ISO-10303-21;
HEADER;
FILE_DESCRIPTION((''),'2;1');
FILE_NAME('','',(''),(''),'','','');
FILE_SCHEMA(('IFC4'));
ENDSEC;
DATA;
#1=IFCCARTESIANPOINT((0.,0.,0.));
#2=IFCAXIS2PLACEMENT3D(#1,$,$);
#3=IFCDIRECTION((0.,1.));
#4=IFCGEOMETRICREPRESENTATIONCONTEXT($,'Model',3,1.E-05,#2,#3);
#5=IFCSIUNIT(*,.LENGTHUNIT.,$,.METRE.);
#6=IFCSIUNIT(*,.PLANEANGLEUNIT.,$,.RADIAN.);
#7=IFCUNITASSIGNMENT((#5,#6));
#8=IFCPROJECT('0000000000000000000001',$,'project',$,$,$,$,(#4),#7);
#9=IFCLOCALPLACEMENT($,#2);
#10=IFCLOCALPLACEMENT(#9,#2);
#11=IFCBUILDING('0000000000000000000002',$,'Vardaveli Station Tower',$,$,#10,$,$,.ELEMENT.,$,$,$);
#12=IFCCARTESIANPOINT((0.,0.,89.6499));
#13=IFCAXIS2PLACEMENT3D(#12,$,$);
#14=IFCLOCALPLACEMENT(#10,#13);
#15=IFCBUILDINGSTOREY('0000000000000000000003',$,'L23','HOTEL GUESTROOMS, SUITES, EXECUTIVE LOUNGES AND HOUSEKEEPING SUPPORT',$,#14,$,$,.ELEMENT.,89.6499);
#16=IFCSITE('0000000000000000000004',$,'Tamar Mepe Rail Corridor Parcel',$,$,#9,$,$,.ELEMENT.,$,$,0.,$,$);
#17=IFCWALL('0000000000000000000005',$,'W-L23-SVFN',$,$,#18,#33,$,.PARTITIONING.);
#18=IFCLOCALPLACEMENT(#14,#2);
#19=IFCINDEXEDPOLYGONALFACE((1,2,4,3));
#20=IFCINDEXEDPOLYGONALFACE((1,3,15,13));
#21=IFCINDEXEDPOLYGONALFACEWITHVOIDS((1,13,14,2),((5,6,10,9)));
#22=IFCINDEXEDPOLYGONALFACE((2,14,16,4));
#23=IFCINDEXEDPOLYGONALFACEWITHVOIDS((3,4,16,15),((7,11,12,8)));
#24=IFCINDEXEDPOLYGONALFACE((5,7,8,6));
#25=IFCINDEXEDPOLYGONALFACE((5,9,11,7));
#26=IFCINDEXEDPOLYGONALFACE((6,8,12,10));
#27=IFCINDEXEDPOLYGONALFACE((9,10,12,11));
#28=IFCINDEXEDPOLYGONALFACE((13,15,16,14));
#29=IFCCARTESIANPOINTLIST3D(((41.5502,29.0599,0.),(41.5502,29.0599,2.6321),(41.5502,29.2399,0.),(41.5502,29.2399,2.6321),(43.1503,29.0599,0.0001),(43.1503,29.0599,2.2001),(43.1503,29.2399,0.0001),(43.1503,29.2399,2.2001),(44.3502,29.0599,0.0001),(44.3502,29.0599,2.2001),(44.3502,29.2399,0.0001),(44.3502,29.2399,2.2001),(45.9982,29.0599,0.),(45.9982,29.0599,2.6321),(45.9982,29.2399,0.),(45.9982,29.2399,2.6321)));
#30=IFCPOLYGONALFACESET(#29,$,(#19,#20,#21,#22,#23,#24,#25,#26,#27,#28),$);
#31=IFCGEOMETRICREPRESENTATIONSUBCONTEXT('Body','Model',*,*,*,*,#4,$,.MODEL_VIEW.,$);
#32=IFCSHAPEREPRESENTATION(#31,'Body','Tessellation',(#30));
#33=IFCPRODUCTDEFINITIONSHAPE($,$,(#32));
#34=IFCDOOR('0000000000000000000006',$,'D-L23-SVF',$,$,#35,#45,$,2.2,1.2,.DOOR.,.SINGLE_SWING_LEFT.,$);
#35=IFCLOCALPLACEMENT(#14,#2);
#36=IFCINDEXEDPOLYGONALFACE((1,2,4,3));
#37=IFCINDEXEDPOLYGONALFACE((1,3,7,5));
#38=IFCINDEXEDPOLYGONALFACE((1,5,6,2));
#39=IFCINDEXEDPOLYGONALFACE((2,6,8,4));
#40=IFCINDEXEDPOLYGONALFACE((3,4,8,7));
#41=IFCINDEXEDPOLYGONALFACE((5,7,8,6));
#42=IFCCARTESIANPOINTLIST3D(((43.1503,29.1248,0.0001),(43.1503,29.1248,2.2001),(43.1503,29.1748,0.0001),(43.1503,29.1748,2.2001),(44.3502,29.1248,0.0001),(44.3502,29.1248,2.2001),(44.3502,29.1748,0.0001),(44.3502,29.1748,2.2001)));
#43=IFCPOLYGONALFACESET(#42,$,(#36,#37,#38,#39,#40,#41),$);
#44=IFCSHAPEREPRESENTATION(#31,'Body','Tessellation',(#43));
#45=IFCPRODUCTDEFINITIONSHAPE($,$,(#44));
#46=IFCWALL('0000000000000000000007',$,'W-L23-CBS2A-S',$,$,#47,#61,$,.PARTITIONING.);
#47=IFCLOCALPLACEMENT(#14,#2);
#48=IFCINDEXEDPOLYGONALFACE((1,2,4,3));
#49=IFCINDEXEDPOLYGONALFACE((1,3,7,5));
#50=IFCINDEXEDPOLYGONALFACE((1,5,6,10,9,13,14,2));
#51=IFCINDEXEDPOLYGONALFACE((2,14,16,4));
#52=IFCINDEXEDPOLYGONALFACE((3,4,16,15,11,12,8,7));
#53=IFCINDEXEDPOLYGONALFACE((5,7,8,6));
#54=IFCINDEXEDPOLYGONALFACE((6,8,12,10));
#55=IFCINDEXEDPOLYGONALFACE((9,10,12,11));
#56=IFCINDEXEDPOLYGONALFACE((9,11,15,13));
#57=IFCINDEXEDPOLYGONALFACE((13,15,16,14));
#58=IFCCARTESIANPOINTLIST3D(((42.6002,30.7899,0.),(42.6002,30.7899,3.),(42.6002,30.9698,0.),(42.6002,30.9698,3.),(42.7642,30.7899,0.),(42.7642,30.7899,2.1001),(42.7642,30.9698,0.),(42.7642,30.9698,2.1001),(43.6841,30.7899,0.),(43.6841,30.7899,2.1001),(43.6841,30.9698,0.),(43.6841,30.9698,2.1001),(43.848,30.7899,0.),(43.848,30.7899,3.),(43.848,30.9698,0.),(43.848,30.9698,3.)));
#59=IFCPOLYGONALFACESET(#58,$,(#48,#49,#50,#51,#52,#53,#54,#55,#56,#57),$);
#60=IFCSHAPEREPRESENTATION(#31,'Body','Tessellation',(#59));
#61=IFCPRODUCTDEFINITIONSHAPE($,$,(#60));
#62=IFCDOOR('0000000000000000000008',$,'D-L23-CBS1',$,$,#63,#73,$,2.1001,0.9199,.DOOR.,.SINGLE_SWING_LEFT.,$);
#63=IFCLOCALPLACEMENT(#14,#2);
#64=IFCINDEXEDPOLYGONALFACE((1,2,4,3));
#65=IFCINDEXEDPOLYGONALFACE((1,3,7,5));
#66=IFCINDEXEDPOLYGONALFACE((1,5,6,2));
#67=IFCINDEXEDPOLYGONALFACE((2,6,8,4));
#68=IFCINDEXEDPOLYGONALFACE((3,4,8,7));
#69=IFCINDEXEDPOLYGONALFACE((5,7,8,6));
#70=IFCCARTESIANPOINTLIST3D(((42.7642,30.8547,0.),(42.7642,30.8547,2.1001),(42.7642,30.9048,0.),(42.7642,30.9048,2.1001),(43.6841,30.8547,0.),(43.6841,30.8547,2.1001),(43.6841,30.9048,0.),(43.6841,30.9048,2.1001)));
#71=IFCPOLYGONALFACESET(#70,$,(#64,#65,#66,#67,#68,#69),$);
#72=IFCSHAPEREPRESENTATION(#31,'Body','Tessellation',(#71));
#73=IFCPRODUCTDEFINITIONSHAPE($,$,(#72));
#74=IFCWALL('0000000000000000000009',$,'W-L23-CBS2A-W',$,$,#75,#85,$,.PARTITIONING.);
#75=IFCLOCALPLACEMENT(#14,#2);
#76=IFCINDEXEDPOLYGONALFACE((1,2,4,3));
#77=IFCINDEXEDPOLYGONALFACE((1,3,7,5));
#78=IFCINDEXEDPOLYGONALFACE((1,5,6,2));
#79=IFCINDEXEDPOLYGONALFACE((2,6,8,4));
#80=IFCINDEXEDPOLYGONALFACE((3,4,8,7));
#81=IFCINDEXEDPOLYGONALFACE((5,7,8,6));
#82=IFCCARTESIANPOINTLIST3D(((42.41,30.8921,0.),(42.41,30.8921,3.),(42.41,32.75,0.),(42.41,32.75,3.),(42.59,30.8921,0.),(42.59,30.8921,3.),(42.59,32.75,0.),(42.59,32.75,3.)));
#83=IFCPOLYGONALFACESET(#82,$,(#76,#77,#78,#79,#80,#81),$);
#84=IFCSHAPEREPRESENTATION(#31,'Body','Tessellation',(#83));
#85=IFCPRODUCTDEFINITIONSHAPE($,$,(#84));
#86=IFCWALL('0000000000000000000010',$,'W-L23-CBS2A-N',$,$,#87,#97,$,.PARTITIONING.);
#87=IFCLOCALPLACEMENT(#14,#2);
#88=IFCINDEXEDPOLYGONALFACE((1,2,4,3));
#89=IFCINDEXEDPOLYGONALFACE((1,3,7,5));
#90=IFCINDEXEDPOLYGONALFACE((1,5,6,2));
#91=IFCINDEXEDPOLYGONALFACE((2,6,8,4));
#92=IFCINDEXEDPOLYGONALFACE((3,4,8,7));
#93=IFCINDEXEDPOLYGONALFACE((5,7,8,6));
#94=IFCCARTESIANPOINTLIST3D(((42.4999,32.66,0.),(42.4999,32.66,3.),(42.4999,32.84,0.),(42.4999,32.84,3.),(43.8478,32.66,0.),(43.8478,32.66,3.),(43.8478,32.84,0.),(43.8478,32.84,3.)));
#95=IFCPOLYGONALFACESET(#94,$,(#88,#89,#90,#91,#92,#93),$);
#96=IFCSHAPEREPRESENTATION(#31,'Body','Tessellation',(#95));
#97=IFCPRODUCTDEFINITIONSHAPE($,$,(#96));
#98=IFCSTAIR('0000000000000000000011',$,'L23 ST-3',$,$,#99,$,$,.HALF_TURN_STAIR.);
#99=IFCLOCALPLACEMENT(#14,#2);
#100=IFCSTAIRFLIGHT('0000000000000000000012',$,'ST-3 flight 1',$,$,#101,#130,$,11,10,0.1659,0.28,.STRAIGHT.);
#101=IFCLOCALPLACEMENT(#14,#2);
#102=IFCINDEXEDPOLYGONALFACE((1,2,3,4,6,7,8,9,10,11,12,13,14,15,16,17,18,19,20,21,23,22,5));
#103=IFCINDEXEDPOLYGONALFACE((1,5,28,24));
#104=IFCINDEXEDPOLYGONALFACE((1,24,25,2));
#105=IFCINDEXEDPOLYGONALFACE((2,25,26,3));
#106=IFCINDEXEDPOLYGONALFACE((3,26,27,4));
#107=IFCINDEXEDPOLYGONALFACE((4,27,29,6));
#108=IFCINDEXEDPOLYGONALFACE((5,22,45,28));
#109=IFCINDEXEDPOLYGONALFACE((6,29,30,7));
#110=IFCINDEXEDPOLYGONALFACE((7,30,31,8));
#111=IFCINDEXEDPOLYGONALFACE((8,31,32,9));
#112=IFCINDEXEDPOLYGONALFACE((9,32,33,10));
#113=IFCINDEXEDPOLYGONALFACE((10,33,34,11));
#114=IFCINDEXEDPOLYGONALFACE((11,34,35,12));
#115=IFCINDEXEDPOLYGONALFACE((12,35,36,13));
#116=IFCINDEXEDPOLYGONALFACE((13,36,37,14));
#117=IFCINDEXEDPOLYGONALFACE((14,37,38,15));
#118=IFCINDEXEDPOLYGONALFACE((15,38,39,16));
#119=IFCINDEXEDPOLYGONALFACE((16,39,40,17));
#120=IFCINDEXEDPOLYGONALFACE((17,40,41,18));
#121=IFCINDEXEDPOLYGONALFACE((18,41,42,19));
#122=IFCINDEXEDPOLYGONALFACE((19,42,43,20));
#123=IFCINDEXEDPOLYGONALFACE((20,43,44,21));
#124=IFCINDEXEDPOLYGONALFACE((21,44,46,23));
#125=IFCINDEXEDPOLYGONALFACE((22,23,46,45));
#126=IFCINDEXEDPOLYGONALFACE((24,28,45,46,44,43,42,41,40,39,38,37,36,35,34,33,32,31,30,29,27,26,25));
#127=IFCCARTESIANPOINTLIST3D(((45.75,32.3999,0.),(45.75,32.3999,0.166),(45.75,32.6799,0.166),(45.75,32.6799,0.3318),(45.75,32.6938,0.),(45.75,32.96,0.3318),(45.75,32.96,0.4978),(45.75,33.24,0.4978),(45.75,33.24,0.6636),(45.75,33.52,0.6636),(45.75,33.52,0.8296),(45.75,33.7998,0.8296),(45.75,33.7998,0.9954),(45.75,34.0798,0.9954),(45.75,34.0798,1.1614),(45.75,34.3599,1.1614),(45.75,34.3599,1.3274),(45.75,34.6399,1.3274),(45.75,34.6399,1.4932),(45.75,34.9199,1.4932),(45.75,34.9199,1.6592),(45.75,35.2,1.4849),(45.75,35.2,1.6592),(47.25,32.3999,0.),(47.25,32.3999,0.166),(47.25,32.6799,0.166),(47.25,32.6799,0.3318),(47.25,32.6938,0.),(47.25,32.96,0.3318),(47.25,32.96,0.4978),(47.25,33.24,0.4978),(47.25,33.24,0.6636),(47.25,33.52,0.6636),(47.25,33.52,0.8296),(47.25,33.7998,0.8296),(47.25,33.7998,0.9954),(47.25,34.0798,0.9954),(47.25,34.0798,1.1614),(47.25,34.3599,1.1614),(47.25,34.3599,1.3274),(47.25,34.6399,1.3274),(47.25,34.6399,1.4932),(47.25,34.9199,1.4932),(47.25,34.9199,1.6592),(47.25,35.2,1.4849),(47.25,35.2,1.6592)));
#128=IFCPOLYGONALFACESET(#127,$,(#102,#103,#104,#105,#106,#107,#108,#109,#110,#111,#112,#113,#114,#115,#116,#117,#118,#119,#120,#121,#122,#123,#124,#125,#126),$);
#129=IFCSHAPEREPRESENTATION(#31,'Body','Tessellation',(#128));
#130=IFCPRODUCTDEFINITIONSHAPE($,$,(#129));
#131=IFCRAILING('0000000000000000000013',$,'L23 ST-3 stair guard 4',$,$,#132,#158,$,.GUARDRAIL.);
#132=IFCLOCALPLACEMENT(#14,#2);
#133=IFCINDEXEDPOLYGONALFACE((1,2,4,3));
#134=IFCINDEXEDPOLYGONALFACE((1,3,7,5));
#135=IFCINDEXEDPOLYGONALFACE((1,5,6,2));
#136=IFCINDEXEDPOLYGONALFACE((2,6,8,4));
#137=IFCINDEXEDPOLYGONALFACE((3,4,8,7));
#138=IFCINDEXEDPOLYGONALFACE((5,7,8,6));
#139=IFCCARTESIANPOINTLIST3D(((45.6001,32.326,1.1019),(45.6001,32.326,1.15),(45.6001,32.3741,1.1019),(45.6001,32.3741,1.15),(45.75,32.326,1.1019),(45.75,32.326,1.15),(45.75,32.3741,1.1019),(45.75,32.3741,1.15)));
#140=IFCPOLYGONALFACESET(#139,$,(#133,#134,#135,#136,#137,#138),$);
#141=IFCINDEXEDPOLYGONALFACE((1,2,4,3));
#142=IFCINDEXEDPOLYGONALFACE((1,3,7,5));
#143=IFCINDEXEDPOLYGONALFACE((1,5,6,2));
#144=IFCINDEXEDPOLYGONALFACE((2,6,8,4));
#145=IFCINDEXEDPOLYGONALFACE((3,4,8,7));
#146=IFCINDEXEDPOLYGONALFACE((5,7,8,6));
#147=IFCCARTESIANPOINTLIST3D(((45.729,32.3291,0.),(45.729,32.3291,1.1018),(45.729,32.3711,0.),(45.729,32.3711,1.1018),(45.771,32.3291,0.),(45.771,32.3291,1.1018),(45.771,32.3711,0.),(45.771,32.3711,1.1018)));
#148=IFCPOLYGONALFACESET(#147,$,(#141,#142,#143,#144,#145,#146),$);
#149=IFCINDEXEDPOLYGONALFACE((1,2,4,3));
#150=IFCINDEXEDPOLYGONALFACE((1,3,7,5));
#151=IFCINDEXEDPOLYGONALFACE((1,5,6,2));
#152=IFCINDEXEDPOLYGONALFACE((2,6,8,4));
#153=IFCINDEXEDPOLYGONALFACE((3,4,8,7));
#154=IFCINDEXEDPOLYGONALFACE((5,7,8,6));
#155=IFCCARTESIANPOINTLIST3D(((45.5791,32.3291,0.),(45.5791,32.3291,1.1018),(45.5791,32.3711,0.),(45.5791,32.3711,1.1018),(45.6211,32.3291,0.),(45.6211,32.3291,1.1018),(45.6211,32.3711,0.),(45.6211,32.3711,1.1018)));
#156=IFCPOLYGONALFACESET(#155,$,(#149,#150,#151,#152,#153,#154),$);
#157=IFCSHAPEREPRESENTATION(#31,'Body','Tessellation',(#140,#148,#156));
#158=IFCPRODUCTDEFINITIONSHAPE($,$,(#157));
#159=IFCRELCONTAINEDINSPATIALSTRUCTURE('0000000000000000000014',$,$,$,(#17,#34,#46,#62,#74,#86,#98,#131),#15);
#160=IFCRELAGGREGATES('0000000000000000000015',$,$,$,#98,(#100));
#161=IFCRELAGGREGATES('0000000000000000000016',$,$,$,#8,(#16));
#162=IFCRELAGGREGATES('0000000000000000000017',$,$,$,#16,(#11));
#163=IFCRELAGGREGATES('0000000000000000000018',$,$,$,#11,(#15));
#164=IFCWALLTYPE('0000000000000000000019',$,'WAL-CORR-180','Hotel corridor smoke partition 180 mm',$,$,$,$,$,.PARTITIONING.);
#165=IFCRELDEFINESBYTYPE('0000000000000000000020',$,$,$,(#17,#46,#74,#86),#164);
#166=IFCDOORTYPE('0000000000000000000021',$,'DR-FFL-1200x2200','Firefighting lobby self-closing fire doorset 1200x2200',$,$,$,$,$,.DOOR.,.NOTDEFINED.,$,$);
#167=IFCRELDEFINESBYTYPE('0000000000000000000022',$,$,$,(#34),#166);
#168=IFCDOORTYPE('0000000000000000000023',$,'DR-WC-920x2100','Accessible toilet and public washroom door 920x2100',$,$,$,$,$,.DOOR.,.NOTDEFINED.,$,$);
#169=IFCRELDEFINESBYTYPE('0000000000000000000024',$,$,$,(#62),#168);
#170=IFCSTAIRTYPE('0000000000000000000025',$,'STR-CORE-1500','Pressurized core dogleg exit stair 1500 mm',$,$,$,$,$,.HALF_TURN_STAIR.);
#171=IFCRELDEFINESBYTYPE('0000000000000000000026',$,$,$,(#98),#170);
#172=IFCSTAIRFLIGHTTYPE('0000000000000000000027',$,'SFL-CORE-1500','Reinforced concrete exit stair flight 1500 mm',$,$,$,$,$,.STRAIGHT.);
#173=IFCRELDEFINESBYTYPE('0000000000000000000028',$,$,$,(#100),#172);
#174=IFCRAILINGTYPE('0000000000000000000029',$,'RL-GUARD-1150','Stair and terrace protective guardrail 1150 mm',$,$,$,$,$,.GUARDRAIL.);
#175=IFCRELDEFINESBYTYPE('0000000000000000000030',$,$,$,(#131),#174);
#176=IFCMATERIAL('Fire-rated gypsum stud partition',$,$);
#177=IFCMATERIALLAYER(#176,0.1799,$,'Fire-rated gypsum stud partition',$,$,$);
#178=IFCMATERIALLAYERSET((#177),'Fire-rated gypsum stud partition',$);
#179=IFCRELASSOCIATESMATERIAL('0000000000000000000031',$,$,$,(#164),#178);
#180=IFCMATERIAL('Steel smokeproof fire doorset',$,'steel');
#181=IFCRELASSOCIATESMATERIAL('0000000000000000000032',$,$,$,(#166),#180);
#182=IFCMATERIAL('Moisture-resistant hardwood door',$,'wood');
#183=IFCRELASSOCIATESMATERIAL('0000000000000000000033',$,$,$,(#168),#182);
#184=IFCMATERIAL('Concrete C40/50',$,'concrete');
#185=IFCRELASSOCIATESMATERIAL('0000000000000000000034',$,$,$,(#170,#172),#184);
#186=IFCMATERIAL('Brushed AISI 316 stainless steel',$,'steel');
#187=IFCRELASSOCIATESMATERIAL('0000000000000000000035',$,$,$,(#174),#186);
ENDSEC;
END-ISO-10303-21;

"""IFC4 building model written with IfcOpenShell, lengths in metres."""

from ifc_helpers import new_model, si_unit, direction, frame, frame_2d, origin, origin_2d, place, context, subcontext, project, spatial, polyline, rectangle, outline, extrude, source, transform, mapped, material, layer, layer_set, type_object, element, fill, aggregate, save


model = new_model("IFC4")

# Units and contexts
model_context = context("Model", 3, precision=1e-05, world=origin(), true_north=direction((0.0, 1.0)))
body_context = subcontext(model_context, "Body", "Model", "MODEL_VIEW")
ifc_project = project(units=[si_unit("LENGTHUNIT", "METRE"), si_unit("PLANEANGLEUNIT", "RADIAN")], contexts=[model_context])

# Site, building, storey
site_placement = place(None, origin())
site = spatial("IfcSite", under=ifc_project, at=site_placement, Name="Tamar Mepe Rail Corridor Parcel", CompositionType="ELEMENT", RefElevation=0.0)
building_placement = place(site_placement, origin())
building = spatial("IfcBuilding", under=site, at=building_placement, Name="Vardaveli Station Tower", CompositionType="ELEMENT")
storey_placement = place(building_placement, frame((0.0, 0.0, 89.6499)))
storey = spatial("IfcBuildingStorey", under=building, at=storey_placement, Name="L23", Description="HOTEL GUESTROOMS, SUITES, EXECUTIVE LOUNGES AND HOUSEKEEPING SUPPORT", CompositionType="ELEMENT", Elevation=89.6499)

# Shared definitions
ifc_material_1 = material(Name="Concrete C40/50", Category="concrete")

# Walls, openings, doors
ifc_material_2 = material(Name="Steel smokeproof fire doorset", Category="steel")
ifc_material_3 = material(Name="Fire-rated gypsum stud partition")
ifc_layer_1 = layer(ifc_material_3, 0.1799, Name="Fire-rated gypsum stud partition")
ifc_layer_set_1 = layer_set([ifc_layer_1], Name="Fire-rated gypsum stud partition")
wall_type_1 = type_object("IfcWallType", Name="WAL-CORR-180", Description="Hotel corridor smoke partition 180 mm", PredefinedType="PARTITIONING", material=ifc_layer_set_1)
shared_shape_1 = source(origin(), body_context, "Body", "SweptSolid", [
    extrude(rectangle(XDim=4.448, YDim=0.1799, at=frame_2d((2.2241, 0.0))), origin(), (0.0, 0.0, 1.0), 2.6321),
])
wall_1_placement = place(storey_placement, frame((41.55, 29.1499, 0.0), z_axis=(0.0, 0.0, 1.0), x_axis=(1.0, 0.0, 0.0)))
wall_1 = element("IfcWall", 1, at=wall_1_placement, inside=storey, type_object=wall_type_1, Name="W-L23-SVFN", PredefinedType="PARTITIONING", context=body_context, shape_type="MappedRepresentation", body=[
    mapped(shared_shape_1, transform((0.0, 0.0, 0.0), scale=1.0)),
])
shared_shape_2 = source(origin(), body_context, "Body", "SweptSolid", [
    extrude(rectangle(XDim=1.2, YDim=2.2, at=frame_2d((0.6001, 1.1001))), frame((0.0, 0.1001, 0.0), z_axis=(0.0, -1.0, 0.0), x_axis=(1.0, 0.0, 0.0)), (0.0, 0.0, 1.0), 0.2),
])
opening_1_placement = place(wall_1_placement, frame((1.6001, 0.0, 0.0)))
opening_1 = element("IfcOpeningElement", 2, at=opening_1_placement, cuts=wall_1, PredefinedType="OPENING", context=body_context, shape_type="MappedRepresentation", body=[
    mapped(shared_shape_2, transform((0.0, 0.0, 0.0), scale=1.0)),
])
door_type_1 = type_object("IfcDoorType", Name="DR-FFL-1200x2200", Description="Firefighting lobby self-closing fire doorset 1200x2200", OperationType="NOTDEFINED", PredefinedType="DOOR", material=ifc_material_2)
shared_shape_3 = source(origin(), body_context, "Body", "SweptSolid", [
    extrude(rectangle(XDim=1.2, YDim=2.2, at=frame_2d((0.6001, 1.1001))), frame((0.0, 0.0249, 0.0), z_axis=(0.0, -1.0, 0.0), x_axis=(1.0, 0.0, 0.0)), (0.0, 0.0, 1.0), 0.05),
])
door_1_placement = place(opening_1_placement, origin())
door_1 = element("IfcDoor", 3, at=door_1_placement, inside=storey, type_object=door_type_1, Name="D-L23-SVF", OperationType="SINGLE_SWING_LEFT", OverallHeight=2.2, OverallWidth=1.2, PredefinedType="DOOR", context=body_context, shape_type="MappedRepresentation", body=[
    mapped(shared_shape_3, transform((0.0, 0.0, 0.0), scale=1.0)),
])
fill(opening_1, door_1)
shared_shape_4 = source(origin(), body_context, "Body", "SweptSolid", [
    extrude(rectangle(XDim=1.2478, YDim=0.1799, at=frame_2d((0.624, 0.0))), origin(), (0.0, 0.0, 1.0), 3.0),
])
wall_2_placement = place(storey_placement, frame((42.6001, 30.8799, 0.0), z_axis=(0.0, 0.0, 1.0), x_axis=(1.0, 0.0, 0.0)))
wall_2 = element("IfcWall", 4, at=wall_2_placement, inside=storey, type_object=wall_type_1, Name="W-L23-CBS2A-S", PredefinedType="PARTITIONING", context=body_context, shape_type="MappedRepresentation", body=[
    mapped(shared_shape_4, transform((0.0, 0.0, 0.0), scale=1.0)),
])
shared_shape_5 = source(origin(), body_context, "Body", "SweptSolid", [
    extrude(rectangle(XDim=0.9199, YDim=2.1001, at=frame_2d((0.46, 1.05))), frame((0.0, 0.1001, 0.0), z_axis=(0.0, -1.0, 0.0), x_axis=(1.0, 0.0, 0.0)), (0.0, 0.0, 1.0), 0.2),
])
opening_2_placement = place(wall_2_placement, frame((0.1641, 0.0, 0.0)))
opening_2 = element("IfcOpeningElement", 5, at=opening_2_placement, cuts=wall_2, PredefinedType="OPENING", context=body_context, shape_type="MappedRepresentation", body=[
    mapped(shared_shape_5, transform((0.0, 0.0, 0.0), scale=1.0)),
])
ifc_material_4 = material(Name="Moisture-resistant hardwood door", Category="wood")
door_type_2 = type_object("IfcDoorType", Name="DR-WC-920x2100", Description="Accessible toilet and public washroom door 920x2100", OperationType="NOTDEFINED", PredefinedType="DOOR", material=ifc_material_4)
shared_shape_6 = source(origin(), body_context, "Body", "SweptSolid", [
    extrude(rectangle(XDim=0.9199, YDim=2.1001, at=frame_2d((0.46, 1.05))), frame((0.0, 0.0249, 0.0), z_axis=(0.0, -1.0, 0.0), x_axis=(1.0, 0.0, 0.0)), (0.0, 0.0, 1.0), 0.05),
])
door_2_placement = place(opening_2_placement, origin())
door_2 = element("IfcDoor", 6, at=door_2_placement, inside=storey, type_object=door_type_2, Name="D-L23-CBS1", OperationType="SINGLE_SWING_LEFT", OverallHeight=2.1001, OverallWidth=0.9199, PredefinedType="DOOR", context=body_context, shape_type="MappedRepresentation", body=[
    mapped(shared_shape_6, transform((0.0, 0.0, 0.0), scale=1.0)),
])
fill(opening_2, door_2)

# Walls
shared_shape_7 = source(origin(), body_context, "Body", "SweptSolid", [
    extrude(rectangle(XDim=1.8579, YDim=0.1799, at=frame_2d((0.929, 0.0))), origin(), (0.0, 0.0, 1.0), 3.0),
])
wall_3_placement = place(storey_placement, frame((42.5, 30.8921, 0.0), z_axis=(0.0, 0.0, 1.0), x_axis=(0.0, 1.0, 0.0)))
element("IfcWall", 7, at=wall_3_placement, inside=storey, type_object=wall_type_1, Name="W-L23-CBS2A-W", PredefinedType="PARTITIONING", context=body_context, shape_type="MappedRepresentation", body=[
    mapped(shared_shape_7, transform((0.0, 0.0, 0.0), scale=1.0)),
])
shared_shape_8 = source(origin(), body_context, "Body", "SweptSolid", [
    extrude(rectangle(XDim=1.3479, YDim=0.1799, at=frame_2d((0.6738, 0.0))), origin(), (0.0, 0.0, 1.0), 3.0),
])
wall_4_placement = place(storey_placement, frame((42.5, 32.75, 0.0), z_axis=(0.0, 0.0, 1.0), x_axis=(1.0, 0.0, 0.0)))
element("IfcWall", 8, at=wall_4_placement, inside=storey, type_object=wall_type_1, Name="W-L23-CBS2A-N", PredefinedType="PARTITIONING", context=body_context, shape_type="MappedRepresentation", body=[
    mapped(shared_shape_8, transform((0.0, 0.0, 0.0), scale=1.0)),
])

# Stair, stair flight
stair_type = type_object("IfcStairType", Name="STR-CORE-1500", Description="Pressurized core dogleg exit stair 1500 mm", PredefinedType="HALF_TURN_STAIR", material=ifc_material_1)
stair_placement = place(storey_placement, origin())
stair = element("IfcStair", 9, at=stair_placement, inside=storey, type_object=stair_type, Name="L23 ST-3", PredefinedType="HALF_TURN_STAIR")
stair_flight_type = type_object("IfcStairFlightType", Name="SFL-CORE-1500", Description="Reinforced concrete exit stair flight 1500 mm", PredefinedType="STRAIGHT", material=ifc_material_1)
shared_shape_9 = source(origin(), body_context, "Body", "SweptSolid", [
    extrude(outline(polyline([(0.0, 0.0), (0.0, 0.166), (0.28, 0.166), (0.28, 0.3318), (0.5601, 0.3318), (0.5601, 0.4978), (0.8401, 0.4978), (0.8401, 0.6636), (1.1201, 0.6636), (1.1201, 0.8296), (1.3999, 0.8296), (1.3999, 0.9954), (1.6799, 0.9954), (1.6799, 1.1614), (1.96, 1.1614), (1.96, 1.3274), (2.24, 1.3274), (2.24, 1.4932), (2.52, 1.4932), (2.52, 1.6592), (2.8, 1.6592), (2.8, 1.825), (2.8, 1.4849), (0.2939, 0.0), (0.0, 0.0)])), frame((0.0, 0.75, 0.0), z_axis=(0.0, -1.0, 0.0), x_axis=(1.0, 0.0, 0.0)), (0.0, 0.0, 1.0), 1.5),
])
stair_flight_placement = place(storey_placement, frame((46.5, 32.3999, 0.0), z_axis=(0.0, 0.0, 1.0), x_axis=(0.0, 1.0, 0.0)))
stair_flight = element("IfcStairFlight", 10, at=stair_flight_placement, type_object=stair_flight_type, Name="ST-3 flight 1", NumberOfRisers=11, NumberOfTreads=10, PredefinedType="STRAIGHT", RiserHeight=0.1659, TreadLength=0.28, context=body_context, shape_type="MappedRepresentation", body=[
    mapped(shared_shape_9, transform((0.0, 0.0, 0.0), scale=1.0)),
])
aggregate(stair, [stair_flight])

# Railing
ifc_material_5 = material(Name="Brushed AISI 316 stainless steel", Category="steel")
railing_type_1 = type_object("IfcRailingType", Name="RL-GUARD-1150", Description="Stair and terrace protective guardrail 1150 mm", PredefinedType="GUARDRAIL", material=ifc_material_5)
shared_shape_10 = source(origin(), body_context, "Body", "SweptSolid", [
    extrude(rectangle(XDim=0.0481, YDim=0.0481, at=origin_2d()), frame((0.0, 0.0, 1.126), z_axis=(-1.0, 0.0, 0.0), x_axis=(0.0, -1.0, 0.0)), (0.0, 0.0, 1.0), 0.1499),
    extrude(rectangle(XDim=0.042, YDim=0.042, at=origin_2d()), origin(), (0.0, 0.0, 1.0), 1.1018),
    extrude(rectangle(XDim=0.042, YDim=0.042, at=origin_2d()), frame((-0.1499, 0.0, 0.0)), (0.0, 0.0, 1.0), 1.1018),
])
railing_1_placement = place(storey_placement, frame((45.75, 32.3501, 0.0)))
element("IfcRailing", 11, at=railing_1_placement, inside=storey, type_object=railing_type_1, Name="L23 ST-3 stair guard 4", PredefinedType="GUARDRAIL", context=body_context, shape_type="MappedRepresentation", body=[
    mapped(shared_shape_10, transform((0.0, 0.0, 0.0), scale=1.0)),
])

save(model, "model.ifc")
